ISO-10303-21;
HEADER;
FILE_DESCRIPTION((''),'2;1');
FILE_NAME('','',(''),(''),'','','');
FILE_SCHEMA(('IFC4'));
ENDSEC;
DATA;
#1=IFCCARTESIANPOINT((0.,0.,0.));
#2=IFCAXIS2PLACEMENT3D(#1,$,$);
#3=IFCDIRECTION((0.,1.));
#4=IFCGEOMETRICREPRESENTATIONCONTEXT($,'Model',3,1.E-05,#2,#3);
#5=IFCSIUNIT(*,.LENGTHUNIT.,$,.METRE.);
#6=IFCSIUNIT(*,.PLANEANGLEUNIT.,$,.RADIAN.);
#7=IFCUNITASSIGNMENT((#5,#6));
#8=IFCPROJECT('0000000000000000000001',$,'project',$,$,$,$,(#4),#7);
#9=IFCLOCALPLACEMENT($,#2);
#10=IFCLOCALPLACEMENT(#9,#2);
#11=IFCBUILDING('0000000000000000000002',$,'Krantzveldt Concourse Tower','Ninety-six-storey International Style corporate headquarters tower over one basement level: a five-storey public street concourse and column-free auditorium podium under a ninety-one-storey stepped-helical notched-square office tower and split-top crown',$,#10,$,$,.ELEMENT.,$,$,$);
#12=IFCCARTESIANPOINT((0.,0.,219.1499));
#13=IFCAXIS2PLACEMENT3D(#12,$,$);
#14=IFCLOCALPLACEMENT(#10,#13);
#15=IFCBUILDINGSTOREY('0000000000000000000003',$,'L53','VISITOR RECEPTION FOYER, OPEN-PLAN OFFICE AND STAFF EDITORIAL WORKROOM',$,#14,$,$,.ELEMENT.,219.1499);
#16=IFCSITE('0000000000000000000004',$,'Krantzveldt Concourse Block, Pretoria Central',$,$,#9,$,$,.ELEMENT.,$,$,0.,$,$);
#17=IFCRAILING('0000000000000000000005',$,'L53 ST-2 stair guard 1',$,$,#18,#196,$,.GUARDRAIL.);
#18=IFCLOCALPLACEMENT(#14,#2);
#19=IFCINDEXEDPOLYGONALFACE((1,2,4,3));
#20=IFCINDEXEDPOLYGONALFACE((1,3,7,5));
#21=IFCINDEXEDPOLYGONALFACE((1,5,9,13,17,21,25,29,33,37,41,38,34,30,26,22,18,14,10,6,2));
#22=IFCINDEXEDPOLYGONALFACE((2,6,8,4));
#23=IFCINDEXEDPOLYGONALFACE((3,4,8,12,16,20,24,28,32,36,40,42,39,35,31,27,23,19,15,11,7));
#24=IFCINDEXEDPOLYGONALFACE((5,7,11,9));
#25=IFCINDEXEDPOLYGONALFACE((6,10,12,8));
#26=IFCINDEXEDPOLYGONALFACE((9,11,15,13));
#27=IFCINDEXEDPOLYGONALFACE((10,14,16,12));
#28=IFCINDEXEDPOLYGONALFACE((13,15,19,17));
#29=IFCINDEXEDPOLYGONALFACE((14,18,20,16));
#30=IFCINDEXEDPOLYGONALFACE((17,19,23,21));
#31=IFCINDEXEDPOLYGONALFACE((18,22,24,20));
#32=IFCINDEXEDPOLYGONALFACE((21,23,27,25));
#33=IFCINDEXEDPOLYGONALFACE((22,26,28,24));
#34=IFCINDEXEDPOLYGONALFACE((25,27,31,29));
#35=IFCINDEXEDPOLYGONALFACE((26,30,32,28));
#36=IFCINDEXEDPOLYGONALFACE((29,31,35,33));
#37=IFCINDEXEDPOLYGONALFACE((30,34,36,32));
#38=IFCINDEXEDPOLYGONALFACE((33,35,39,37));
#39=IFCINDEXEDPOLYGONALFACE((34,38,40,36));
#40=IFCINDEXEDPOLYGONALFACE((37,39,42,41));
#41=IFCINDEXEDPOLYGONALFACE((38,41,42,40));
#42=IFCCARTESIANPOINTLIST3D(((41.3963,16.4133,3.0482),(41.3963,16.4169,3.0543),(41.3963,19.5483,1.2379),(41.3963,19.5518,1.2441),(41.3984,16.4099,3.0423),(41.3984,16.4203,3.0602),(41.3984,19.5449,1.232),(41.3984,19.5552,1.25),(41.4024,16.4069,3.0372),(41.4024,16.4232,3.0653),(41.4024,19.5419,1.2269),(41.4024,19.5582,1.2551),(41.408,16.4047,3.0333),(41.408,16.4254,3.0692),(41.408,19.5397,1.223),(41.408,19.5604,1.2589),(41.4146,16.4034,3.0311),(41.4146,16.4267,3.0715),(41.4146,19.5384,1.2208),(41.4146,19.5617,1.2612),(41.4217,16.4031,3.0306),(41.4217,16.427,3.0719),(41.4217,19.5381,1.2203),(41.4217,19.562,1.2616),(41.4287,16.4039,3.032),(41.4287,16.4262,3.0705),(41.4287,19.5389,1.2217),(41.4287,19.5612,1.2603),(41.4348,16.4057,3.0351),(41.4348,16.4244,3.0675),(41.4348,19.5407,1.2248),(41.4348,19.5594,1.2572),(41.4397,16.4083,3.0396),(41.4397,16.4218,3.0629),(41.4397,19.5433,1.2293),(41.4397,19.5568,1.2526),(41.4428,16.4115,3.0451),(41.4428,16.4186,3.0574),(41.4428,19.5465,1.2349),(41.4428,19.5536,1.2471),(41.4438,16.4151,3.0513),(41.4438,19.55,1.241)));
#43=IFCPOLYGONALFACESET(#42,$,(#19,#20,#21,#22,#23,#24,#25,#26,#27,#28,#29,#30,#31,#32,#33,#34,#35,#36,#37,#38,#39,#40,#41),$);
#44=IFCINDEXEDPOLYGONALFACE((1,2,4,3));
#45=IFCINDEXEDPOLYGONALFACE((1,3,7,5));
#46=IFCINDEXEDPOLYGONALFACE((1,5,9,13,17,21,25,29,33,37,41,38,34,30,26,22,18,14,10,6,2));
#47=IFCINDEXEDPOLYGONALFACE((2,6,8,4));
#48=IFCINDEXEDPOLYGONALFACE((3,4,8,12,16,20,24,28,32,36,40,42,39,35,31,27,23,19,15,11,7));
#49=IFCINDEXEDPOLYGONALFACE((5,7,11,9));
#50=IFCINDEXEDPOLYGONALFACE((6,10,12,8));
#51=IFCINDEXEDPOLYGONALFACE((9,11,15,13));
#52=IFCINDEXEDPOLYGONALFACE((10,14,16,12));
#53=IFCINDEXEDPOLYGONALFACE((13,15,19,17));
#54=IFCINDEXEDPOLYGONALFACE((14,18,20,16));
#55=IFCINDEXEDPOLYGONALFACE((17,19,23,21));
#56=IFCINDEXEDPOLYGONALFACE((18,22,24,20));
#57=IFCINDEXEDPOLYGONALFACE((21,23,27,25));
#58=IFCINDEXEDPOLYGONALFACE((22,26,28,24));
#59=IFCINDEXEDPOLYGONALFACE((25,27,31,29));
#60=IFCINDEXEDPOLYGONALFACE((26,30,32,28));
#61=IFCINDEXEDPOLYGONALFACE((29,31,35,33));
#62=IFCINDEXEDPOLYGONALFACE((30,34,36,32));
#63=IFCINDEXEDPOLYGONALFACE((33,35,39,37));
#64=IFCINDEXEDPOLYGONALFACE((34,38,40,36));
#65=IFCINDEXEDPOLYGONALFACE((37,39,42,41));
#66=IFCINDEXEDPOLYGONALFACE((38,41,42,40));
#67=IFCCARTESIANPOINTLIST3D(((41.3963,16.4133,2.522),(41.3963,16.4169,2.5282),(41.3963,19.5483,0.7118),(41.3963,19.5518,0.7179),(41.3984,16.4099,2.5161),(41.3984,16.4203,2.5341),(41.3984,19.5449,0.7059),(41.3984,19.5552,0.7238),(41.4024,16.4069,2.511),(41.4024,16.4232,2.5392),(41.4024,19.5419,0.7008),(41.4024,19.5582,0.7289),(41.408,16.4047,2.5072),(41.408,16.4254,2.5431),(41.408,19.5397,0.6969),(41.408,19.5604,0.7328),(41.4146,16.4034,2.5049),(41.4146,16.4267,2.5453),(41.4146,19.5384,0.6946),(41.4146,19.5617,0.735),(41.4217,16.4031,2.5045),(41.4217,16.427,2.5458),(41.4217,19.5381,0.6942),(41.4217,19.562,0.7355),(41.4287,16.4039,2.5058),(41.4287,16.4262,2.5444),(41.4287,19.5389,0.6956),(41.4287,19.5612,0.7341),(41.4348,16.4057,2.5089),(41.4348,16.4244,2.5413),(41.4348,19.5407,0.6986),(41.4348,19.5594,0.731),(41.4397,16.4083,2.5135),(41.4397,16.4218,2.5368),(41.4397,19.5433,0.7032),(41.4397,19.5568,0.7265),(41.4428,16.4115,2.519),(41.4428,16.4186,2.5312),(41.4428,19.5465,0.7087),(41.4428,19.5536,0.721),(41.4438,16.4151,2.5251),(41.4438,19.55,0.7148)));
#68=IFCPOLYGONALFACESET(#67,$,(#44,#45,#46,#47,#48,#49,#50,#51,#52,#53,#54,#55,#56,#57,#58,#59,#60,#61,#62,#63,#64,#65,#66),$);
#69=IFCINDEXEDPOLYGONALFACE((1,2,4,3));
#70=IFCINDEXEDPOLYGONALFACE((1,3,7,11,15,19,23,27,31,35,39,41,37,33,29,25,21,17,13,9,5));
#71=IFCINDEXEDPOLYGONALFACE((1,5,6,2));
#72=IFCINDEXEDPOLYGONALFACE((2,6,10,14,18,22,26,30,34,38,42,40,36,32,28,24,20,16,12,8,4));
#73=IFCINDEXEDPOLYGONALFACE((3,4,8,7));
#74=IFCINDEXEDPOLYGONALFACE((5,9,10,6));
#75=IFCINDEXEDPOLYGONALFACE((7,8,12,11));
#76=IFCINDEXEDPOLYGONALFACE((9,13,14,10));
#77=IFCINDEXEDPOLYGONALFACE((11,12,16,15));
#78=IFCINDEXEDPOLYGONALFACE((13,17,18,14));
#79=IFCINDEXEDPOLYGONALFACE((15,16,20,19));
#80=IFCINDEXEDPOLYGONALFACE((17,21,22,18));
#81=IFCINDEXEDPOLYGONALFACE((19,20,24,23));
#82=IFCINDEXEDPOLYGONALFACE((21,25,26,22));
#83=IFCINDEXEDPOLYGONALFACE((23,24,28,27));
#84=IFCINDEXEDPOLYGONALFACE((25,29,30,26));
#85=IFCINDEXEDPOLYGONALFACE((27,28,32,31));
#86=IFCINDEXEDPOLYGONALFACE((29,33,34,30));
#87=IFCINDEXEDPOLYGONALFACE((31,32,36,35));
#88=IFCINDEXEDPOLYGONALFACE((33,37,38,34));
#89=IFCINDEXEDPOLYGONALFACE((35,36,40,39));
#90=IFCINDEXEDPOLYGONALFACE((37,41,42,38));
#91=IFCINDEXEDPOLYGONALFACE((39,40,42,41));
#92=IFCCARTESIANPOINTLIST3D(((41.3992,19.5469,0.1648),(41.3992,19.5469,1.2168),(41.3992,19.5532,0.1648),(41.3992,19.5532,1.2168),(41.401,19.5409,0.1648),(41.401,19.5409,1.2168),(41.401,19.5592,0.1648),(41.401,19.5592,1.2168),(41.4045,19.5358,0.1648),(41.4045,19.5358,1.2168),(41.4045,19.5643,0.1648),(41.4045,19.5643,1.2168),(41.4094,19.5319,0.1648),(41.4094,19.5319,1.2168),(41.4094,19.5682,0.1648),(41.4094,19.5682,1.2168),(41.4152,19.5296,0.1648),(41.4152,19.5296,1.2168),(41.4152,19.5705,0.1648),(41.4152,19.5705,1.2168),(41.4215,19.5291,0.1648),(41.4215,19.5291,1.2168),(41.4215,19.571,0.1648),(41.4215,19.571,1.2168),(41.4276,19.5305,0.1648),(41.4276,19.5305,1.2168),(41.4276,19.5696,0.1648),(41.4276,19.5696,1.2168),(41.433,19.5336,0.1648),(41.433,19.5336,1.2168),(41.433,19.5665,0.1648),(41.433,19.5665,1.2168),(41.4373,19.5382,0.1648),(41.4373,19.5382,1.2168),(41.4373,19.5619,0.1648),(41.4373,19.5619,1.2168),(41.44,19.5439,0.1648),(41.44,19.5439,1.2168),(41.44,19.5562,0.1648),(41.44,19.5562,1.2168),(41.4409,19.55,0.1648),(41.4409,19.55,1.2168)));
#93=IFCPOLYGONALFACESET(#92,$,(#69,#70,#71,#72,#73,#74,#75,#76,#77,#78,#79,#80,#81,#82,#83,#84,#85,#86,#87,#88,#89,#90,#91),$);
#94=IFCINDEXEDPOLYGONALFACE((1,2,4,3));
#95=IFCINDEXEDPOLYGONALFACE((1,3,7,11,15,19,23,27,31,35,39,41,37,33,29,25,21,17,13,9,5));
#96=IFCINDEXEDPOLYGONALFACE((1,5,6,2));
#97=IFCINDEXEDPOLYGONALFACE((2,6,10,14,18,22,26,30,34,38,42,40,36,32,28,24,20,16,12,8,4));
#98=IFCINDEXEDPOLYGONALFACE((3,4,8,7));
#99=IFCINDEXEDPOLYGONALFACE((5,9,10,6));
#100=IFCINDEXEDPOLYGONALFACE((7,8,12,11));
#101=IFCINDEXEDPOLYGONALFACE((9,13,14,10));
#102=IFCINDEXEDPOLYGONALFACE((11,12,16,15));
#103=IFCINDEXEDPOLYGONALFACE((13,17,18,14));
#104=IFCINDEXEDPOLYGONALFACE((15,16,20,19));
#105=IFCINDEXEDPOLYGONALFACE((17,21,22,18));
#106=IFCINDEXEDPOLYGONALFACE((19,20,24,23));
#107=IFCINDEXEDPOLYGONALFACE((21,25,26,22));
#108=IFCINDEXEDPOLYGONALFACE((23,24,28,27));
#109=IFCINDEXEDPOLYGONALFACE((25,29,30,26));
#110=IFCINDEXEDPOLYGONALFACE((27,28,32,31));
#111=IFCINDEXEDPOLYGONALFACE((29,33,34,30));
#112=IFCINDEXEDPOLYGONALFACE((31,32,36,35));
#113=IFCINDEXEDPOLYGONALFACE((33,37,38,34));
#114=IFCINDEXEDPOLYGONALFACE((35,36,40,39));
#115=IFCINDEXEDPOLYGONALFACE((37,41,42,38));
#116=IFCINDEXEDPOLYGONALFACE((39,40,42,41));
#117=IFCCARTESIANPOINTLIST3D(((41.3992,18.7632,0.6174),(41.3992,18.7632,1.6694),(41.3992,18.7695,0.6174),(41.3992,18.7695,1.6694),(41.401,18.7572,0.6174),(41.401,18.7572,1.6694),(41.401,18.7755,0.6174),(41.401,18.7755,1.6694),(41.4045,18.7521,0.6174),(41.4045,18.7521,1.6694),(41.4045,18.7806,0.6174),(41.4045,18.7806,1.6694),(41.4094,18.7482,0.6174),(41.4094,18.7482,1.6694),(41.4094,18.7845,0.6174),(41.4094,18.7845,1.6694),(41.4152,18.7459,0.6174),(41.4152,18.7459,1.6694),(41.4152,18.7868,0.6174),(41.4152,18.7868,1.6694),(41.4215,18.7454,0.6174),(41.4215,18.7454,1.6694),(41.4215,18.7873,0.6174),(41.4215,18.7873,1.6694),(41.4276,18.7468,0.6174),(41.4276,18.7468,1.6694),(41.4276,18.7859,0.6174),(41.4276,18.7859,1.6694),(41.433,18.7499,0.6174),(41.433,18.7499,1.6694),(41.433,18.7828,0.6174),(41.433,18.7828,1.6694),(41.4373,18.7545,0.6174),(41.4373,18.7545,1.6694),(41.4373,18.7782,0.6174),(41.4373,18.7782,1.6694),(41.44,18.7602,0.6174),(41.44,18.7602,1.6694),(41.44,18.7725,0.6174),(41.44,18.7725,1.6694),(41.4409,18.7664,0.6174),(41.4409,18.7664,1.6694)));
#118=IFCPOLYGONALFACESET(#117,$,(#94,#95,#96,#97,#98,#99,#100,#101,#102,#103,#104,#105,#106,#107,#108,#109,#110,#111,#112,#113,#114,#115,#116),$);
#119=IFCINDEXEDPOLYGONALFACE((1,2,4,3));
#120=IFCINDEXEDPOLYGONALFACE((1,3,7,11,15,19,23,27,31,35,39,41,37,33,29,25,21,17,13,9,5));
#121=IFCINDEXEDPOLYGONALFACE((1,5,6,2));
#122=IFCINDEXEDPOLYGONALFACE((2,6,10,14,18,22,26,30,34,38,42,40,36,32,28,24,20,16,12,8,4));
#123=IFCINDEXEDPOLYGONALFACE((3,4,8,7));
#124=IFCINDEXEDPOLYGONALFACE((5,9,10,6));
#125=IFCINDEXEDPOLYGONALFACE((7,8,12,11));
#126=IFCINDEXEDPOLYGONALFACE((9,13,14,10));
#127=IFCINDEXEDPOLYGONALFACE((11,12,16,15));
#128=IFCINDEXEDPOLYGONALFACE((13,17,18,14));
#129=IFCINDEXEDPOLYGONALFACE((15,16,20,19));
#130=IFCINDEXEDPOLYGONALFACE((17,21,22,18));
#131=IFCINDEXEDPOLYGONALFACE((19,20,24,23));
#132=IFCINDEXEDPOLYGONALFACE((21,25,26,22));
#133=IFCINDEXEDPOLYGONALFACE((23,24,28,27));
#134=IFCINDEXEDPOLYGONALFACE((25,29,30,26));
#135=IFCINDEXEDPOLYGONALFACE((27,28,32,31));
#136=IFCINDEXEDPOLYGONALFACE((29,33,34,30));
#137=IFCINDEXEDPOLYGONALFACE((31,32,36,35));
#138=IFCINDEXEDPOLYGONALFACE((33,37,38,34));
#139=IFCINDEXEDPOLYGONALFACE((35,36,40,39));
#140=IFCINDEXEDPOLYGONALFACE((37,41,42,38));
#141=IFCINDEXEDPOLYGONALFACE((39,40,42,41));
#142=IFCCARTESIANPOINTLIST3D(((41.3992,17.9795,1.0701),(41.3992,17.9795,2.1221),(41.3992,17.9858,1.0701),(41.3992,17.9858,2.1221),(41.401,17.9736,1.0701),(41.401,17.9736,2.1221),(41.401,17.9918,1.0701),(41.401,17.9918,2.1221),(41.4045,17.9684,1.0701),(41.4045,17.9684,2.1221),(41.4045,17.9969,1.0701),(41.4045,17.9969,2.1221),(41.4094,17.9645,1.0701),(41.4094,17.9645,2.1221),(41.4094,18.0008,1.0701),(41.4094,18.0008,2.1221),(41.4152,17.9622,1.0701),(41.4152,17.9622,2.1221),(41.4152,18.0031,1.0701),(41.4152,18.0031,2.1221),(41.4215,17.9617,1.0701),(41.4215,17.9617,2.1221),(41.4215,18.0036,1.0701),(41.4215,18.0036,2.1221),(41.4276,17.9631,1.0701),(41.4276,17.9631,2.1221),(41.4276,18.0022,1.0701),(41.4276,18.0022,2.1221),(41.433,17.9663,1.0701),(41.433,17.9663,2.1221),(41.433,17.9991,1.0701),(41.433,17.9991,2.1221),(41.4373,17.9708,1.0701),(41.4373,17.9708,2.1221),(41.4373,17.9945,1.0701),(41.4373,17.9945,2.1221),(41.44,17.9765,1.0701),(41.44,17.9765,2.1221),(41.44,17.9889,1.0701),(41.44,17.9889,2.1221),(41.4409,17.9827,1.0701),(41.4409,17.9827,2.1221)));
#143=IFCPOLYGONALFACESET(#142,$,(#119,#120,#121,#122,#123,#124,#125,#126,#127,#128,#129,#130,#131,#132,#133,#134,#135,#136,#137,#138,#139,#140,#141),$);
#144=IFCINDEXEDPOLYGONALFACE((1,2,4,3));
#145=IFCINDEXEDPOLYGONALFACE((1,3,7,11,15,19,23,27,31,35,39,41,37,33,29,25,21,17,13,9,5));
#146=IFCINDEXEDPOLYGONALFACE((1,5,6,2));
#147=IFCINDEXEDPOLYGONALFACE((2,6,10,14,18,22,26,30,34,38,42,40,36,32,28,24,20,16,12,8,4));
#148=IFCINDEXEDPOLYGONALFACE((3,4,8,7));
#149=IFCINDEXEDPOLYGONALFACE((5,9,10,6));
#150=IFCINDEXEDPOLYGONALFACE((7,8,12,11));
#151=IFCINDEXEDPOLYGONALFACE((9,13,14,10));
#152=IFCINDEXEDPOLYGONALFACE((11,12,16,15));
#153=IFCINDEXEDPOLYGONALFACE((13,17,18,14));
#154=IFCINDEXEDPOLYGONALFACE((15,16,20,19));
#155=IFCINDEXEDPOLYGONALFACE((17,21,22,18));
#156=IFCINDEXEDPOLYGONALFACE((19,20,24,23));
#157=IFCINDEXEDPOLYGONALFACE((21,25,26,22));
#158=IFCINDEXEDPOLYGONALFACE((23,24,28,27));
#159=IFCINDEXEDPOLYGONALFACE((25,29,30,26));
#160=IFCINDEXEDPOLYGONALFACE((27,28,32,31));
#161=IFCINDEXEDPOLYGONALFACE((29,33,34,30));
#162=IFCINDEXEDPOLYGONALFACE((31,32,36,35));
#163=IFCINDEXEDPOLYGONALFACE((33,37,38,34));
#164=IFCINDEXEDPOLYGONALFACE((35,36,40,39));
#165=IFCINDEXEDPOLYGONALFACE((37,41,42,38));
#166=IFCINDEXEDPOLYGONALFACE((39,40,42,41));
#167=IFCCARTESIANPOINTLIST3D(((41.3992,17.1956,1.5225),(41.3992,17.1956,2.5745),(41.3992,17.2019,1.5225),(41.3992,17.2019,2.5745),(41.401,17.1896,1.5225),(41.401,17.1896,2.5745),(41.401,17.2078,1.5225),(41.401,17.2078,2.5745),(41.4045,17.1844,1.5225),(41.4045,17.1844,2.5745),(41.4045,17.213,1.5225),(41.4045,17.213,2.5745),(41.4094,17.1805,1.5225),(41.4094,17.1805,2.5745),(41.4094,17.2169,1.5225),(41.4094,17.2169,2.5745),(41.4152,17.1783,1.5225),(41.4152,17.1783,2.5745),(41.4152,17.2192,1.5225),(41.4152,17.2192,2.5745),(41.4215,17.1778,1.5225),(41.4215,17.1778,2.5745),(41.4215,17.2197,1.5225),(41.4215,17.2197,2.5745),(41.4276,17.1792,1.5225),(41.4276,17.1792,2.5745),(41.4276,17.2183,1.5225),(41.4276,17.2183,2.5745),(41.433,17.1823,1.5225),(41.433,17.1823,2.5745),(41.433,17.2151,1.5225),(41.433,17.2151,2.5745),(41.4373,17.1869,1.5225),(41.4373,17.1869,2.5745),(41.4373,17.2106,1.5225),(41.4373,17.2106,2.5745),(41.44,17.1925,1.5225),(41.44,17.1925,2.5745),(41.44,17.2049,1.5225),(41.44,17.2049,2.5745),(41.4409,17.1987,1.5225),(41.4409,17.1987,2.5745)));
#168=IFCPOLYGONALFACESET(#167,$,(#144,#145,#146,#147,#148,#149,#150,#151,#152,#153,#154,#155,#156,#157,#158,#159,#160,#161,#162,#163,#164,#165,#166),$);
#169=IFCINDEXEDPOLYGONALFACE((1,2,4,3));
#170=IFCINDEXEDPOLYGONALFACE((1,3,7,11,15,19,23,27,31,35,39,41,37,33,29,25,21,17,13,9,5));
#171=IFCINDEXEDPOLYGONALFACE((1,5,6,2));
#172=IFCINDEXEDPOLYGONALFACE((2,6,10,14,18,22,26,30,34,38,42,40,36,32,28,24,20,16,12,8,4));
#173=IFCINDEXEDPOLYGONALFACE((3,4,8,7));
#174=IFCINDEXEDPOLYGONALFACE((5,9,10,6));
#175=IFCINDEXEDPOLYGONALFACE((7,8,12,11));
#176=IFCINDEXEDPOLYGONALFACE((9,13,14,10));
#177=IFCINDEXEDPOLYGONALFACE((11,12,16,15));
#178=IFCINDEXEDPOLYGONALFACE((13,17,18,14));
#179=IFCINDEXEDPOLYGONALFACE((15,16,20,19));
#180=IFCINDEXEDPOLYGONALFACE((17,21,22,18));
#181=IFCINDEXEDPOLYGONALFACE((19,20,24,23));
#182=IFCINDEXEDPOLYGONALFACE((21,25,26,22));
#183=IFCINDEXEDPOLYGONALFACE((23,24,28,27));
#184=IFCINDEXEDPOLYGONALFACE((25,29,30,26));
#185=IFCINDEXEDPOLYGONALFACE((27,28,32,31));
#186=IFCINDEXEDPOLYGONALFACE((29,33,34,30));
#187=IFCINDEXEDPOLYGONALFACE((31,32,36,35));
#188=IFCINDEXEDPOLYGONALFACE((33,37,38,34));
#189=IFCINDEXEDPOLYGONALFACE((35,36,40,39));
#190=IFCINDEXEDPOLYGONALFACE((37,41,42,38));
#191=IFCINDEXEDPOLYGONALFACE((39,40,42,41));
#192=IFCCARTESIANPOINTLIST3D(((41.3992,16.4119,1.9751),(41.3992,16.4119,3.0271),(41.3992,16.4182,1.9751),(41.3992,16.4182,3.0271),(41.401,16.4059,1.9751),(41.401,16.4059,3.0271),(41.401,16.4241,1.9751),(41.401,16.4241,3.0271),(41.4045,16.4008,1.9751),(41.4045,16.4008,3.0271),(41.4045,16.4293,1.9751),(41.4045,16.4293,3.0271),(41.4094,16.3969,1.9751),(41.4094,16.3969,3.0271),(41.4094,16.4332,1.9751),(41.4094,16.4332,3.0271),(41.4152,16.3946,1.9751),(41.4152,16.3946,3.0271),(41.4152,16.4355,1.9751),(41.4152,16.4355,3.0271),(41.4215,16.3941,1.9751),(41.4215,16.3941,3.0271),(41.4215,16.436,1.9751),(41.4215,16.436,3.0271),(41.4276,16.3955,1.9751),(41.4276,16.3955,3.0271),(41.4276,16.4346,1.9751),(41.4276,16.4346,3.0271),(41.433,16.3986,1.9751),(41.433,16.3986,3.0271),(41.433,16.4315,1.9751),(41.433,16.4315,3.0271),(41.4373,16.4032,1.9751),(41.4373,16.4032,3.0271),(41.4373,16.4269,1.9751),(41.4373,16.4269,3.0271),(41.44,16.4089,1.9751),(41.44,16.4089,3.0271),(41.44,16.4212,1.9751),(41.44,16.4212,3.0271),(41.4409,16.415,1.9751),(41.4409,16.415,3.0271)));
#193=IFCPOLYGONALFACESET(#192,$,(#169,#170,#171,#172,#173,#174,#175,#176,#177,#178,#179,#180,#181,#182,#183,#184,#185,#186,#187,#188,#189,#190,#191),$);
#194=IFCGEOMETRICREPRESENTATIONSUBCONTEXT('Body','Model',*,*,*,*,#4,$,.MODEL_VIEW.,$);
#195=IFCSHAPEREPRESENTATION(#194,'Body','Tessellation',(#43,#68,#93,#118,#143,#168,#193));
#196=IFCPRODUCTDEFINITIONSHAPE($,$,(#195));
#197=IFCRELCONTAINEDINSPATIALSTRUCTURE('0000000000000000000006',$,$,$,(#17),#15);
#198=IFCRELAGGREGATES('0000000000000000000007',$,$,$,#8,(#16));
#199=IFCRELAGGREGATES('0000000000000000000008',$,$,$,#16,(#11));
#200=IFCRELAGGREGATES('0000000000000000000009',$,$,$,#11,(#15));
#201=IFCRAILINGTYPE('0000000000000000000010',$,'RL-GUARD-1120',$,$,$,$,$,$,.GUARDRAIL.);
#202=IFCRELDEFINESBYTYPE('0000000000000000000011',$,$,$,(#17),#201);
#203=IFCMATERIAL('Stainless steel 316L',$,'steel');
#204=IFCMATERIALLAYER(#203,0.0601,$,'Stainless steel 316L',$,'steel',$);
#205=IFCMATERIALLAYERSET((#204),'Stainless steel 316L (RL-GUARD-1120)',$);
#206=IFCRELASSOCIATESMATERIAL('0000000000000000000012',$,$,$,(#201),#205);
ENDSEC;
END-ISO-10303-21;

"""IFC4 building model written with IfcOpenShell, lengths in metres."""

from ifc_helpers import new_model, si_unit, direction, frame, origin, origin_2d, place, context, subcontext, project, spatial, circle, extrude, material, layer, layer_set, type_object, element, save


model = new_model("IFC4")

# Units and contexts
model_context = context("Model", 3, precision=1e-05, world=origin(), true_north=direction((0.0, 1.0)))
body_context = subcontext(model_context, "Body", "Model", "MODEL_VIEW")
ifc_project = project(units=[si_unit("LENGTHUNIT", "METRE"), si_unit("PLANEANGLEUNIT", "RADIAN")], contexts=[model_context])

# Site, building, storey
site_placement = place(None, origin())
site = spatial("IfcSite", under=ifc_project, at=site_placement, Name="Krantzveldt Concourse Block, Pretoria Central", CompositionType="ELEMENT", RefElevation=0.0)
building_placement = place(site_placement, origin())
building = spatial("IfcBuilding", under=site, at=building_placement, Name="Krantzveldt Concourse Tower", Description="Ninety-six-storey International Style corporate headquarters tower over one basement level: a five-storey public street concourse and column-free auditorium podium under a ninety-one-storey stepped-helical notched-square office tower and split-top crown", CompositionType="ELEMENT")
storey_placement = place(building_placement, frame((0.0, 0.0, 219.1499)))
storey = spatial("IfcBuildingStorey", under=building, at=storey_placement, Name="L53", Description="VISITOR RECEPTION FOYER, OPEN-PLAN OFFICE AND STAFF EDITORIAL WORKROOM", CompositionType="ELEMENT", Elevation=219.1499)

# Shared definitions
ifc_material_1 = material(Name="Stainless steel 316L", Category="steel")

# Railing
ifc_layer_1 = layer(ifc_material_1, 0.0601, Name="Stainless steel 316L", Category="steel")
ifc_layer_set_1 = layer_set([ifc_layer_1], Name="Stainless steel 316L (RL-GUARD-1120)")
railing_type_1 = type_object("IfcRailingType", Name="RL-GUARD-1120", PredefinedType="GUARDRAIL", material=ifc_layer_set_1)
railing_1_placement = place(storey_placement, frame((41.4199, 19.55, 0.1648)))
element("IfcRailing", 1, at=railing_1_placement, inside=storey, type_object=railing_type_1, Name="L53 ST-2 stair guard 1", PredefinedType="GUARDRAIL", context=body_context, shape_type="SweptSolid", body=[
    extrude(circle(Radius=0.0239, at=origin_2d()), frame((0.0, 0.0, 1.0762), z_axis=(0.0, -0.865989, 0.500063), x_axis=(1.0, 0.0, 0.0)), (0.0, 0.0, 1.0), 3.6201),
    extrude(circle(Radius=0.0239, at=origin_2d()), frame((0.0, 0.0, 0.55), z_axis=(0.0, -0.865989, 0.500063), x_axis=(1.0, 0.0, 0.0)), (0.0, 0.0, 1.0), 3.6201),
    extrude(circle(Radius=0.021, at=origin_2d()), origin(), (0.0, 0.0, 1.0), 1.052),
    extrude(circle(Radius=0.021, at=origin_2d()), frame((0.0, -0.7837, 0.4526)), (0.0, 0.0, 1.0), 1.052),
    extrude(circle(Radius=0.021, at=origin_2d()), frame((0.0, -1.5674, 0.9053)), (0.0, 0.0, 1.0), 1.052),
    extrude(circle(Radius=0.021, at=origin_2d()), frame((0.0, -2.3513, 1.3577)), (0.0, 0.0, 1.0), 1.052),
    extrude(circle(Radius=0.021, at=origin_2d()), frame((0.0, -3.135, 1.8103)), (0.0, 0.0, 1.0), 1.052),
])

save(model, "model.ifc")
